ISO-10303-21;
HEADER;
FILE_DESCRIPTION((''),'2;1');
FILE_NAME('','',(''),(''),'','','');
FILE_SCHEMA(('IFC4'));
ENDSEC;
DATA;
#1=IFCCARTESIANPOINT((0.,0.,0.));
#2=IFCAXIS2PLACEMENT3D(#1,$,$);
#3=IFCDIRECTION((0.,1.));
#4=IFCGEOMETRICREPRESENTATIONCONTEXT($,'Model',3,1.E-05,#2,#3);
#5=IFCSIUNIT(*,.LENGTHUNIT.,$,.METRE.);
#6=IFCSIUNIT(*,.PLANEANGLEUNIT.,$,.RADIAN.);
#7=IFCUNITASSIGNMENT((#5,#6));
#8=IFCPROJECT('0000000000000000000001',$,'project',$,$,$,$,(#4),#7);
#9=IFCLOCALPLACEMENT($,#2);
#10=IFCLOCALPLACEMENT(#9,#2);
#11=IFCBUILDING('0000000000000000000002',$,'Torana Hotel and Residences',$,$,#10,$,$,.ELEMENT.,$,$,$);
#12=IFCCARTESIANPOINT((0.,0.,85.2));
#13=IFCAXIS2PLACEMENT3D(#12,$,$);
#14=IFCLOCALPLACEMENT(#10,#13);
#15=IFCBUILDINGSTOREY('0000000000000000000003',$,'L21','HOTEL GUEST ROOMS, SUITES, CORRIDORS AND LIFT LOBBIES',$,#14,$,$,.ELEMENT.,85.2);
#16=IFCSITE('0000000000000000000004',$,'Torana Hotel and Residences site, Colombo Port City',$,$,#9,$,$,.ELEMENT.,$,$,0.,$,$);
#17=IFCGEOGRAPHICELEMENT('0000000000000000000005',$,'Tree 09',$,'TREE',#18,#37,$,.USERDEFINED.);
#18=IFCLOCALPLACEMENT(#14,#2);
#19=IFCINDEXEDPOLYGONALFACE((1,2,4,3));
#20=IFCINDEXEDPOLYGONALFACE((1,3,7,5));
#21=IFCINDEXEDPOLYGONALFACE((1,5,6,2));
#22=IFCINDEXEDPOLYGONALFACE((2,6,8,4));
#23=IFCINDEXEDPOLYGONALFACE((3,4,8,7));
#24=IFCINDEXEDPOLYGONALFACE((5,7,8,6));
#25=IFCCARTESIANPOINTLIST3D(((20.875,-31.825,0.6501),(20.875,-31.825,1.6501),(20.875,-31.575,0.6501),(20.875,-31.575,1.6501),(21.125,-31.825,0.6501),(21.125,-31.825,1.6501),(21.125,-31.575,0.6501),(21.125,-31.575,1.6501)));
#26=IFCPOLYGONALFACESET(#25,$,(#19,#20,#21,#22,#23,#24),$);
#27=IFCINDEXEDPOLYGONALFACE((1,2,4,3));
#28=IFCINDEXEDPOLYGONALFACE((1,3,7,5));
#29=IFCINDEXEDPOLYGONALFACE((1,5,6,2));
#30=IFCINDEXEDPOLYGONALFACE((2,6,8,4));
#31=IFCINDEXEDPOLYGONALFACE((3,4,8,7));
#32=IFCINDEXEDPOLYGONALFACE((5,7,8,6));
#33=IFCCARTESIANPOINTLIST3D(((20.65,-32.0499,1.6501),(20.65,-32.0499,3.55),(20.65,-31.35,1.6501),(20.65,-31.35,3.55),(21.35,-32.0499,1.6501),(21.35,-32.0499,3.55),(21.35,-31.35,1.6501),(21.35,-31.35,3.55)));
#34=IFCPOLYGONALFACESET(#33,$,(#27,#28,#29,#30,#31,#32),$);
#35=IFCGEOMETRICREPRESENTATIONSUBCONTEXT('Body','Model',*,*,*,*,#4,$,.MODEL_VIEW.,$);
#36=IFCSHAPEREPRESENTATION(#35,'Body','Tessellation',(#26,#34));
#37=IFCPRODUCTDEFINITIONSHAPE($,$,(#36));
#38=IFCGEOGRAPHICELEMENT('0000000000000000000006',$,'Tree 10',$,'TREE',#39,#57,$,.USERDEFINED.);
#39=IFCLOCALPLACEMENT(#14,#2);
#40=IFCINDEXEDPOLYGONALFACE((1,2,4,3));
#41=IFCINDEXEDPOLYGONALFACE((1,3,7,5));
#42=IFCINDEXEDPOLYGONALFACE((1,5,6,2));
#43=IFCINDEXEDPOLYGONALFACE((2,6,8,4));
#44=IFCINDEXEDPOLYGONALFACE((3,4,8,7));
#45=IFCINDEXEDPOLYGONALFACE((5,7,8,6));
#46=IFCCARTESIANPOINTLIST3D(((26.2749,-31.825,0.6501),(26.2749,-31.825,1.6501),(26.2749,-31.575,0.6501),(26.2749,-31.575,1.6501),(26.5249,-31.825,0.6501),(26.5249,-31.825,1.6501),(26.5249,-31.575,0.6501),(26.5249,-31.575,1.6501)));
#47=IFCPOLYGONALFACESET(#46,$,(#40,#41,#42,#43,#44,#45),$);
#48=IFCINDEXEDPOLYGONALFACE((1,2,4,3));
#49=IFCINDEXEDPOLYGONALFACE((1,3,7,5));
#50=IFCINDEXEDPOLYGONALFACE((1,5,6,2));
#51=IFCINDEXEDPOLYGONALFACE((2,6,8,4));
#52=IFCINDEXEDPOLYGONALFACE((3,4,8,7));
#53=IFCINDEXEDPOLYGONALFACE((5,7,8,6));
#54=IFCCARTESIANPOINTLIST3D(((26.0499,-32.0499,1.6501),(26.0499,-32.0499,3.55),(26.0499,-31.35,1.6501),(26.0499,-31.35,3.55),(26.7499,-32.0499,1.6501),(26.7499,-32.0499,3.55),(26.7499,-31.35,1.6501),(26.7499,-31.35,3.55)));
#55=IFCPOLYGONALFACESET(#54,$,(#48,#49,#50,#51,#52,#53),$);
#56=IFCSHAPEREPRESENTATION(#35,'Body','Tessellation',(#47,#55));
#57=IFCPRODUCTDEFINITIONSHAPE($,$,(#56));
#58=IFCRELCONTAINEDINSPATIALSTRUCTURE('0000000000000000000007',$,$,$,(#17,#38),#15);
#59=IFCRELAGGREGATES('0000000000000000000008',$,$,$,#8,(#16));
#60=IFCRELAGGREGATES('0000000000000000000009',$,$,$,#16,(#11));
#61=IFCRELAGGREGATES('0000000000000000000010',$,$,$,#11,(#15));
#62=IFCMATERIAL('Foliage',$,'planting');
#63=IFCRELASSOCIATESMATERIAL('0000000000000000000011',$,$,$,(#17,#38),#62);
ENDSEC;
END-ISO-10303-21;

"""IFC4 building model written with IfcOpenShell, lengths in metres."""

from ifc_helpers import new_model, si_unit, direction, frame, origin, origin_2d, place, context, subcontext, project, spatial, rectangle, extrude, material, element, save


model = new_model("IFC4")

# Units and contexts
model_context = context("Model", 3, precision=1e-05, world=origin(), true_north=direction((0.0, 1.0)))
body_context = subcontext(model_context, "Body", "Model", "MODEL_VIEW")
ifc_project = project(units=[si_unit("LENGTHUNIT", "METRE"), si_unit("PLANEANGLEUNIT", "RADIAN")], contexts=[model_context])

# Site, building, storey
site_placement = place(None, origin())
site = spatial("IfcSite", under=ifc_project, at=site_placement, Name="Torana Hotel and Residences site, Colombo Port City", CompositionType="ELEMENT", RefElevation=0.0)
building_placement = place(site_placement, origin())
building = spatial("IfcBuilding", under=site, at=building_placement, Name="Torana Hotel and Residences", CompositionType="ELEMENT")
storey_placement = place(building_placement, frame((0.0, 0.0, 85.2)))
storey = spatial("IfcBuildingStorey", under=building, at=storey_placement, Name="L21", Description="HOTEL GUEST ROOMS, SUITES, CORRIDORS AND LIFT LOBBIES", CompositionType="ELEMENT", Elevation=85.2)

# Geographic elements
ifc_material_1 = material(Name="Foliage", Category="planting")
for number, where, z_axis, x_axis, name in (
    (1, (21.0, -31.7, 0.6501), (0.0, 0.0, 1.0), (1.0, 0.0, 0.0), "Tree 09"),
    (2, (26.3999, -31.7, 0.6501), (0.0, 0.0, 1.0), (1.0, 0.0, 0.0), "Tree 10"),
):
    element("IfcGeographicElement", number, at=place(storey_placement, frame(where, z_axis=z_axis, x_axis=x_axis)), inside=storey, material=ifc_material_1, Name=name, ObjectType="TREE", PredefinedType="USERDEFINED", context=body_context, shape_type="SweptSolid", body=[
        extrude(rectangle(XDim=0.25, YDim=0.25, at=origin_2d()), origin(), (0.0, 0.0, 1.0), 1.0),
        extrude(rectangle(XDim=0.7, YDim=0.7, at=origin_2d()), frame((0.0, 0.0, 1.0)), (0.0, 0.0, 1.0), 1.8999),
    ])

save(model, "model.ifc")
